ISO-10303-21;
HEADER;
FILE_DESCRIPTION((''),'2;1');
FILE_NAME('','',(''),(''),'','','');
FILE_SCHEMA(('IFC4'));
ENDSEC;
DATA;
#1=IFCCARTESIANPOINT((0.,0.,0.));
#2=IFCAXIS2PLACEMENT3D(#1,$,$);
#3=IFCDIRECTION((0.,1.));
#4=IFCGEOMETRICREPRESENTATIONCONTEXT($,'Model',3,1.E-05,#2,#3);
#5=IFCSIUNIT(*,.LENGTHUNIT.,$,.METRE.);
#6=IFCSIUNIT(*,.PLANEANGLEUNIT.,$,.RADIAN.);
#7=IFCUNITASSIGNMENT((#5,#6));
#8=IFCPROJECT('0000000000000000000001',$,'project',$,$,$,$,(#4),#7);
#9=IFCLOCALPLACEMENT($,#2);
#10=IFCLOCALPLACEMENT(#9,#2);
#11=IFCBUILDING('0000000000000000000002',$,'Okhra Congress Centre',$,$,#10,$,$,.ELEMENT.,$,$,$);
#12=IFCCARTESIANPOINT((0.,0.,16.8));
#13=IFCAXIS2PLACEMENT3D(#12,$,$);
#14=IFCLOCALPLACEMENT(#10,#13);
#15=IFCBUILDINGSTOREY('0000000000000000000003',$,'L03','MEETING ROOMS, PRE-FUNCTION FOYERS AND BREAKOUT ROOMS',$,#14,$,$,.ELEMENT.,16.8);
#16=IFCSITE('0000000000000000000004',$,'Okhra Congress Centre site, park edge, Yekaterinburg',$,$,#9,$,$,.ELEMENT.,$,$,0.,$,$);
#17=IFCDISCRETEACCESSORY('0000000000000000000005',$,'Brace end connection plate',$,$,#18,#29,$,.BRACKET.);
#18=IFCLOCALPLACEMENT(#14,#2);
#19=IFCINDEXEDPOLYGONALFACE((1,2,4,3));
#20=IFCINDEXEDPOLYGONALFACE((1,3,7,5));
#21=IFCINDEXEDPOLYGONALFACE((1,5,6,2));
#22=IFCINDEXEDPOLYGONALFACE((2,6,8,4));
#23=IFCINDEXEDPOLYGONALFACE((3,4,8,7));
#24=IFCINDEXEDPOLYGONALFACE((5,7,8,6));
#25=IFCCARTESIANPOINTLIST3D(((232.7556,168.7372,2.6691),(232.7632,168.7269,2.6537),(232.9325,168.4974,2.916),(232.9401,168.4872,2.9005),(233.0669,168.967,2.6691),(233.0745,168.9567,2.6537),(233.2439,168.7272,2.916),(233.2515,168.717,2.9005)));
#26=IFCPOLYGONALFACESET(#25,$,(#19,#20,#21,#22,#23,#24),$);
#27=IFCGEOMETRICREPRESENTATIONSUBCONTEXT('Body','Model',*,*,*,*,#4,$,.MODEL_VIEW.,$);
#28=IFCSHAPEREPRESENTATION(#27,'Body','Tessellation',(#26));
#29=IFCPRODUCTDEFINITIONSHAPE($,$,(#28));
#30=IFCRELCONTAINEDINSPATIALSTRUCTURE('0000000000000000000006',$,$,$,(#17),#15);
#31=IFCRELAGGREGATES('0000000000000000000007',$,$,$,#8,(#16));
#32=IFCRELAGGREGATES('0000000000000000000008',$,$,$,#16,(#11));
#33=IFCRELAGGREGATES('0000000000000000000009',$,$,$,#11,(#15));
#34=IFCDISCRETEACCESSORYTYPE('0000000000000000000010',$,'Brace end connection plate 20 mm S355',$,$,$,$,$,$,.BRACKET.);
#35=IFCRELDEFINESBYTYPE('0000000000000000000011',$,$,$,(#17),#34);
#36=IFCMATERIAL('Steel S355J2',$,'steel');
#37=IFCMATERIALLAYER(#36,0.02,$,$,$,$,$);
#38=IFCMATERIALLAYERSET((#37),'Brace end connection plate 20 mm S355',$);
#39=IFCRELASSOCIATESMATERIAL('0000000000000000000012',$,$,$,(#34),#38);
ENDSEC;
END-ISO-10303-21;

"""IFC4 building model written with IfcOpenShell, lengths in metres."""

from ifc_helpers import new_model, si_unit, direction, frame, origin, origin_2d, place, context, subcontext, project, spatial, rectangle, extrude, material, layer, layer_set, type_object, element, save


model = new_model("IFC4")

# Units and contexts
model_context = context("Model", 3, precision=1e-05, world=origin(), true_north=direction((0.0, 1.0)))
body_context = subcontext(model_context, "Body", "Model", "MODEL_VIEW")
ifc_project = project(units=[si_unit("LENGTHUNIT", "METRE"), si_unit("PLANEANGLEUNIT", "RADIAN")], contexts=[model_context])

# Site, building, storey
site_placement = place(None, origin())
site = spatial("IfcSite", under=ifc_project, at=site_placement, Name="Okhra Congress Centre site, park edge, Yekaterinburg", CompositionType="ELEMENT", RefElevation=0.0)
building_placement = place(site_placement, origin())
building = spatial("IfcBuilding", under=site, at=building_placement, Name="Okhra Congress Centre", CompositionType="ELEMENT")
storey_placement = place(building_placement, frame((0.0, 0.0, 16.8)))
storey = spatial("IfcBuildingStorey", under=building, at=storey_placement, Name="L03", Description="MEETING ROOMS, PRE-FUNCTION FOYERS AND BREAKOUT ROOMS", CompositionType="ELEMENT", Elevation=16.8)

# Shared definitions
ifc_material_1 = material(Name="Steel S355J2", Category="steel")

# Discrete accessory
ifc_layer_1 = layer(ifc_material_1, 0.02)
ifc_layer_set_1 = layer_set([ifc_layer_1], Name="Brace end connection plate 20 mm S355")
discrete_accessory_type = type_object("IfcDiscreteAccessoryType", Name="Brace end connection plate 20 mm S355", PredefinedType="BRACKET", material=ifc_layer_set_1)
discrete_accessory_1_placement = place(storey_placement, frame((233.0073, 168.7219, 2.7771), z_axis=(-0.378895, 0.513342, 0.770012), x_axis=(-0.804574, -0.593852, 0.0)))
element("IfcDiscreteAccessory", 1, at=discrete_accessory_1_placement, inside=storey, type_object=discrete_accessory_type, Name="Brace end connection plate", PredefinedType="BRACKET", context=body_context, shape_type="SweptSolid", body=[
    extrude(rectangle(XDim=0.387, YDim=0.387, at=origin_2d()), origin(), (0.0, 0.0, 1.0), 0.02),
])

save(model, "model.ifc")
